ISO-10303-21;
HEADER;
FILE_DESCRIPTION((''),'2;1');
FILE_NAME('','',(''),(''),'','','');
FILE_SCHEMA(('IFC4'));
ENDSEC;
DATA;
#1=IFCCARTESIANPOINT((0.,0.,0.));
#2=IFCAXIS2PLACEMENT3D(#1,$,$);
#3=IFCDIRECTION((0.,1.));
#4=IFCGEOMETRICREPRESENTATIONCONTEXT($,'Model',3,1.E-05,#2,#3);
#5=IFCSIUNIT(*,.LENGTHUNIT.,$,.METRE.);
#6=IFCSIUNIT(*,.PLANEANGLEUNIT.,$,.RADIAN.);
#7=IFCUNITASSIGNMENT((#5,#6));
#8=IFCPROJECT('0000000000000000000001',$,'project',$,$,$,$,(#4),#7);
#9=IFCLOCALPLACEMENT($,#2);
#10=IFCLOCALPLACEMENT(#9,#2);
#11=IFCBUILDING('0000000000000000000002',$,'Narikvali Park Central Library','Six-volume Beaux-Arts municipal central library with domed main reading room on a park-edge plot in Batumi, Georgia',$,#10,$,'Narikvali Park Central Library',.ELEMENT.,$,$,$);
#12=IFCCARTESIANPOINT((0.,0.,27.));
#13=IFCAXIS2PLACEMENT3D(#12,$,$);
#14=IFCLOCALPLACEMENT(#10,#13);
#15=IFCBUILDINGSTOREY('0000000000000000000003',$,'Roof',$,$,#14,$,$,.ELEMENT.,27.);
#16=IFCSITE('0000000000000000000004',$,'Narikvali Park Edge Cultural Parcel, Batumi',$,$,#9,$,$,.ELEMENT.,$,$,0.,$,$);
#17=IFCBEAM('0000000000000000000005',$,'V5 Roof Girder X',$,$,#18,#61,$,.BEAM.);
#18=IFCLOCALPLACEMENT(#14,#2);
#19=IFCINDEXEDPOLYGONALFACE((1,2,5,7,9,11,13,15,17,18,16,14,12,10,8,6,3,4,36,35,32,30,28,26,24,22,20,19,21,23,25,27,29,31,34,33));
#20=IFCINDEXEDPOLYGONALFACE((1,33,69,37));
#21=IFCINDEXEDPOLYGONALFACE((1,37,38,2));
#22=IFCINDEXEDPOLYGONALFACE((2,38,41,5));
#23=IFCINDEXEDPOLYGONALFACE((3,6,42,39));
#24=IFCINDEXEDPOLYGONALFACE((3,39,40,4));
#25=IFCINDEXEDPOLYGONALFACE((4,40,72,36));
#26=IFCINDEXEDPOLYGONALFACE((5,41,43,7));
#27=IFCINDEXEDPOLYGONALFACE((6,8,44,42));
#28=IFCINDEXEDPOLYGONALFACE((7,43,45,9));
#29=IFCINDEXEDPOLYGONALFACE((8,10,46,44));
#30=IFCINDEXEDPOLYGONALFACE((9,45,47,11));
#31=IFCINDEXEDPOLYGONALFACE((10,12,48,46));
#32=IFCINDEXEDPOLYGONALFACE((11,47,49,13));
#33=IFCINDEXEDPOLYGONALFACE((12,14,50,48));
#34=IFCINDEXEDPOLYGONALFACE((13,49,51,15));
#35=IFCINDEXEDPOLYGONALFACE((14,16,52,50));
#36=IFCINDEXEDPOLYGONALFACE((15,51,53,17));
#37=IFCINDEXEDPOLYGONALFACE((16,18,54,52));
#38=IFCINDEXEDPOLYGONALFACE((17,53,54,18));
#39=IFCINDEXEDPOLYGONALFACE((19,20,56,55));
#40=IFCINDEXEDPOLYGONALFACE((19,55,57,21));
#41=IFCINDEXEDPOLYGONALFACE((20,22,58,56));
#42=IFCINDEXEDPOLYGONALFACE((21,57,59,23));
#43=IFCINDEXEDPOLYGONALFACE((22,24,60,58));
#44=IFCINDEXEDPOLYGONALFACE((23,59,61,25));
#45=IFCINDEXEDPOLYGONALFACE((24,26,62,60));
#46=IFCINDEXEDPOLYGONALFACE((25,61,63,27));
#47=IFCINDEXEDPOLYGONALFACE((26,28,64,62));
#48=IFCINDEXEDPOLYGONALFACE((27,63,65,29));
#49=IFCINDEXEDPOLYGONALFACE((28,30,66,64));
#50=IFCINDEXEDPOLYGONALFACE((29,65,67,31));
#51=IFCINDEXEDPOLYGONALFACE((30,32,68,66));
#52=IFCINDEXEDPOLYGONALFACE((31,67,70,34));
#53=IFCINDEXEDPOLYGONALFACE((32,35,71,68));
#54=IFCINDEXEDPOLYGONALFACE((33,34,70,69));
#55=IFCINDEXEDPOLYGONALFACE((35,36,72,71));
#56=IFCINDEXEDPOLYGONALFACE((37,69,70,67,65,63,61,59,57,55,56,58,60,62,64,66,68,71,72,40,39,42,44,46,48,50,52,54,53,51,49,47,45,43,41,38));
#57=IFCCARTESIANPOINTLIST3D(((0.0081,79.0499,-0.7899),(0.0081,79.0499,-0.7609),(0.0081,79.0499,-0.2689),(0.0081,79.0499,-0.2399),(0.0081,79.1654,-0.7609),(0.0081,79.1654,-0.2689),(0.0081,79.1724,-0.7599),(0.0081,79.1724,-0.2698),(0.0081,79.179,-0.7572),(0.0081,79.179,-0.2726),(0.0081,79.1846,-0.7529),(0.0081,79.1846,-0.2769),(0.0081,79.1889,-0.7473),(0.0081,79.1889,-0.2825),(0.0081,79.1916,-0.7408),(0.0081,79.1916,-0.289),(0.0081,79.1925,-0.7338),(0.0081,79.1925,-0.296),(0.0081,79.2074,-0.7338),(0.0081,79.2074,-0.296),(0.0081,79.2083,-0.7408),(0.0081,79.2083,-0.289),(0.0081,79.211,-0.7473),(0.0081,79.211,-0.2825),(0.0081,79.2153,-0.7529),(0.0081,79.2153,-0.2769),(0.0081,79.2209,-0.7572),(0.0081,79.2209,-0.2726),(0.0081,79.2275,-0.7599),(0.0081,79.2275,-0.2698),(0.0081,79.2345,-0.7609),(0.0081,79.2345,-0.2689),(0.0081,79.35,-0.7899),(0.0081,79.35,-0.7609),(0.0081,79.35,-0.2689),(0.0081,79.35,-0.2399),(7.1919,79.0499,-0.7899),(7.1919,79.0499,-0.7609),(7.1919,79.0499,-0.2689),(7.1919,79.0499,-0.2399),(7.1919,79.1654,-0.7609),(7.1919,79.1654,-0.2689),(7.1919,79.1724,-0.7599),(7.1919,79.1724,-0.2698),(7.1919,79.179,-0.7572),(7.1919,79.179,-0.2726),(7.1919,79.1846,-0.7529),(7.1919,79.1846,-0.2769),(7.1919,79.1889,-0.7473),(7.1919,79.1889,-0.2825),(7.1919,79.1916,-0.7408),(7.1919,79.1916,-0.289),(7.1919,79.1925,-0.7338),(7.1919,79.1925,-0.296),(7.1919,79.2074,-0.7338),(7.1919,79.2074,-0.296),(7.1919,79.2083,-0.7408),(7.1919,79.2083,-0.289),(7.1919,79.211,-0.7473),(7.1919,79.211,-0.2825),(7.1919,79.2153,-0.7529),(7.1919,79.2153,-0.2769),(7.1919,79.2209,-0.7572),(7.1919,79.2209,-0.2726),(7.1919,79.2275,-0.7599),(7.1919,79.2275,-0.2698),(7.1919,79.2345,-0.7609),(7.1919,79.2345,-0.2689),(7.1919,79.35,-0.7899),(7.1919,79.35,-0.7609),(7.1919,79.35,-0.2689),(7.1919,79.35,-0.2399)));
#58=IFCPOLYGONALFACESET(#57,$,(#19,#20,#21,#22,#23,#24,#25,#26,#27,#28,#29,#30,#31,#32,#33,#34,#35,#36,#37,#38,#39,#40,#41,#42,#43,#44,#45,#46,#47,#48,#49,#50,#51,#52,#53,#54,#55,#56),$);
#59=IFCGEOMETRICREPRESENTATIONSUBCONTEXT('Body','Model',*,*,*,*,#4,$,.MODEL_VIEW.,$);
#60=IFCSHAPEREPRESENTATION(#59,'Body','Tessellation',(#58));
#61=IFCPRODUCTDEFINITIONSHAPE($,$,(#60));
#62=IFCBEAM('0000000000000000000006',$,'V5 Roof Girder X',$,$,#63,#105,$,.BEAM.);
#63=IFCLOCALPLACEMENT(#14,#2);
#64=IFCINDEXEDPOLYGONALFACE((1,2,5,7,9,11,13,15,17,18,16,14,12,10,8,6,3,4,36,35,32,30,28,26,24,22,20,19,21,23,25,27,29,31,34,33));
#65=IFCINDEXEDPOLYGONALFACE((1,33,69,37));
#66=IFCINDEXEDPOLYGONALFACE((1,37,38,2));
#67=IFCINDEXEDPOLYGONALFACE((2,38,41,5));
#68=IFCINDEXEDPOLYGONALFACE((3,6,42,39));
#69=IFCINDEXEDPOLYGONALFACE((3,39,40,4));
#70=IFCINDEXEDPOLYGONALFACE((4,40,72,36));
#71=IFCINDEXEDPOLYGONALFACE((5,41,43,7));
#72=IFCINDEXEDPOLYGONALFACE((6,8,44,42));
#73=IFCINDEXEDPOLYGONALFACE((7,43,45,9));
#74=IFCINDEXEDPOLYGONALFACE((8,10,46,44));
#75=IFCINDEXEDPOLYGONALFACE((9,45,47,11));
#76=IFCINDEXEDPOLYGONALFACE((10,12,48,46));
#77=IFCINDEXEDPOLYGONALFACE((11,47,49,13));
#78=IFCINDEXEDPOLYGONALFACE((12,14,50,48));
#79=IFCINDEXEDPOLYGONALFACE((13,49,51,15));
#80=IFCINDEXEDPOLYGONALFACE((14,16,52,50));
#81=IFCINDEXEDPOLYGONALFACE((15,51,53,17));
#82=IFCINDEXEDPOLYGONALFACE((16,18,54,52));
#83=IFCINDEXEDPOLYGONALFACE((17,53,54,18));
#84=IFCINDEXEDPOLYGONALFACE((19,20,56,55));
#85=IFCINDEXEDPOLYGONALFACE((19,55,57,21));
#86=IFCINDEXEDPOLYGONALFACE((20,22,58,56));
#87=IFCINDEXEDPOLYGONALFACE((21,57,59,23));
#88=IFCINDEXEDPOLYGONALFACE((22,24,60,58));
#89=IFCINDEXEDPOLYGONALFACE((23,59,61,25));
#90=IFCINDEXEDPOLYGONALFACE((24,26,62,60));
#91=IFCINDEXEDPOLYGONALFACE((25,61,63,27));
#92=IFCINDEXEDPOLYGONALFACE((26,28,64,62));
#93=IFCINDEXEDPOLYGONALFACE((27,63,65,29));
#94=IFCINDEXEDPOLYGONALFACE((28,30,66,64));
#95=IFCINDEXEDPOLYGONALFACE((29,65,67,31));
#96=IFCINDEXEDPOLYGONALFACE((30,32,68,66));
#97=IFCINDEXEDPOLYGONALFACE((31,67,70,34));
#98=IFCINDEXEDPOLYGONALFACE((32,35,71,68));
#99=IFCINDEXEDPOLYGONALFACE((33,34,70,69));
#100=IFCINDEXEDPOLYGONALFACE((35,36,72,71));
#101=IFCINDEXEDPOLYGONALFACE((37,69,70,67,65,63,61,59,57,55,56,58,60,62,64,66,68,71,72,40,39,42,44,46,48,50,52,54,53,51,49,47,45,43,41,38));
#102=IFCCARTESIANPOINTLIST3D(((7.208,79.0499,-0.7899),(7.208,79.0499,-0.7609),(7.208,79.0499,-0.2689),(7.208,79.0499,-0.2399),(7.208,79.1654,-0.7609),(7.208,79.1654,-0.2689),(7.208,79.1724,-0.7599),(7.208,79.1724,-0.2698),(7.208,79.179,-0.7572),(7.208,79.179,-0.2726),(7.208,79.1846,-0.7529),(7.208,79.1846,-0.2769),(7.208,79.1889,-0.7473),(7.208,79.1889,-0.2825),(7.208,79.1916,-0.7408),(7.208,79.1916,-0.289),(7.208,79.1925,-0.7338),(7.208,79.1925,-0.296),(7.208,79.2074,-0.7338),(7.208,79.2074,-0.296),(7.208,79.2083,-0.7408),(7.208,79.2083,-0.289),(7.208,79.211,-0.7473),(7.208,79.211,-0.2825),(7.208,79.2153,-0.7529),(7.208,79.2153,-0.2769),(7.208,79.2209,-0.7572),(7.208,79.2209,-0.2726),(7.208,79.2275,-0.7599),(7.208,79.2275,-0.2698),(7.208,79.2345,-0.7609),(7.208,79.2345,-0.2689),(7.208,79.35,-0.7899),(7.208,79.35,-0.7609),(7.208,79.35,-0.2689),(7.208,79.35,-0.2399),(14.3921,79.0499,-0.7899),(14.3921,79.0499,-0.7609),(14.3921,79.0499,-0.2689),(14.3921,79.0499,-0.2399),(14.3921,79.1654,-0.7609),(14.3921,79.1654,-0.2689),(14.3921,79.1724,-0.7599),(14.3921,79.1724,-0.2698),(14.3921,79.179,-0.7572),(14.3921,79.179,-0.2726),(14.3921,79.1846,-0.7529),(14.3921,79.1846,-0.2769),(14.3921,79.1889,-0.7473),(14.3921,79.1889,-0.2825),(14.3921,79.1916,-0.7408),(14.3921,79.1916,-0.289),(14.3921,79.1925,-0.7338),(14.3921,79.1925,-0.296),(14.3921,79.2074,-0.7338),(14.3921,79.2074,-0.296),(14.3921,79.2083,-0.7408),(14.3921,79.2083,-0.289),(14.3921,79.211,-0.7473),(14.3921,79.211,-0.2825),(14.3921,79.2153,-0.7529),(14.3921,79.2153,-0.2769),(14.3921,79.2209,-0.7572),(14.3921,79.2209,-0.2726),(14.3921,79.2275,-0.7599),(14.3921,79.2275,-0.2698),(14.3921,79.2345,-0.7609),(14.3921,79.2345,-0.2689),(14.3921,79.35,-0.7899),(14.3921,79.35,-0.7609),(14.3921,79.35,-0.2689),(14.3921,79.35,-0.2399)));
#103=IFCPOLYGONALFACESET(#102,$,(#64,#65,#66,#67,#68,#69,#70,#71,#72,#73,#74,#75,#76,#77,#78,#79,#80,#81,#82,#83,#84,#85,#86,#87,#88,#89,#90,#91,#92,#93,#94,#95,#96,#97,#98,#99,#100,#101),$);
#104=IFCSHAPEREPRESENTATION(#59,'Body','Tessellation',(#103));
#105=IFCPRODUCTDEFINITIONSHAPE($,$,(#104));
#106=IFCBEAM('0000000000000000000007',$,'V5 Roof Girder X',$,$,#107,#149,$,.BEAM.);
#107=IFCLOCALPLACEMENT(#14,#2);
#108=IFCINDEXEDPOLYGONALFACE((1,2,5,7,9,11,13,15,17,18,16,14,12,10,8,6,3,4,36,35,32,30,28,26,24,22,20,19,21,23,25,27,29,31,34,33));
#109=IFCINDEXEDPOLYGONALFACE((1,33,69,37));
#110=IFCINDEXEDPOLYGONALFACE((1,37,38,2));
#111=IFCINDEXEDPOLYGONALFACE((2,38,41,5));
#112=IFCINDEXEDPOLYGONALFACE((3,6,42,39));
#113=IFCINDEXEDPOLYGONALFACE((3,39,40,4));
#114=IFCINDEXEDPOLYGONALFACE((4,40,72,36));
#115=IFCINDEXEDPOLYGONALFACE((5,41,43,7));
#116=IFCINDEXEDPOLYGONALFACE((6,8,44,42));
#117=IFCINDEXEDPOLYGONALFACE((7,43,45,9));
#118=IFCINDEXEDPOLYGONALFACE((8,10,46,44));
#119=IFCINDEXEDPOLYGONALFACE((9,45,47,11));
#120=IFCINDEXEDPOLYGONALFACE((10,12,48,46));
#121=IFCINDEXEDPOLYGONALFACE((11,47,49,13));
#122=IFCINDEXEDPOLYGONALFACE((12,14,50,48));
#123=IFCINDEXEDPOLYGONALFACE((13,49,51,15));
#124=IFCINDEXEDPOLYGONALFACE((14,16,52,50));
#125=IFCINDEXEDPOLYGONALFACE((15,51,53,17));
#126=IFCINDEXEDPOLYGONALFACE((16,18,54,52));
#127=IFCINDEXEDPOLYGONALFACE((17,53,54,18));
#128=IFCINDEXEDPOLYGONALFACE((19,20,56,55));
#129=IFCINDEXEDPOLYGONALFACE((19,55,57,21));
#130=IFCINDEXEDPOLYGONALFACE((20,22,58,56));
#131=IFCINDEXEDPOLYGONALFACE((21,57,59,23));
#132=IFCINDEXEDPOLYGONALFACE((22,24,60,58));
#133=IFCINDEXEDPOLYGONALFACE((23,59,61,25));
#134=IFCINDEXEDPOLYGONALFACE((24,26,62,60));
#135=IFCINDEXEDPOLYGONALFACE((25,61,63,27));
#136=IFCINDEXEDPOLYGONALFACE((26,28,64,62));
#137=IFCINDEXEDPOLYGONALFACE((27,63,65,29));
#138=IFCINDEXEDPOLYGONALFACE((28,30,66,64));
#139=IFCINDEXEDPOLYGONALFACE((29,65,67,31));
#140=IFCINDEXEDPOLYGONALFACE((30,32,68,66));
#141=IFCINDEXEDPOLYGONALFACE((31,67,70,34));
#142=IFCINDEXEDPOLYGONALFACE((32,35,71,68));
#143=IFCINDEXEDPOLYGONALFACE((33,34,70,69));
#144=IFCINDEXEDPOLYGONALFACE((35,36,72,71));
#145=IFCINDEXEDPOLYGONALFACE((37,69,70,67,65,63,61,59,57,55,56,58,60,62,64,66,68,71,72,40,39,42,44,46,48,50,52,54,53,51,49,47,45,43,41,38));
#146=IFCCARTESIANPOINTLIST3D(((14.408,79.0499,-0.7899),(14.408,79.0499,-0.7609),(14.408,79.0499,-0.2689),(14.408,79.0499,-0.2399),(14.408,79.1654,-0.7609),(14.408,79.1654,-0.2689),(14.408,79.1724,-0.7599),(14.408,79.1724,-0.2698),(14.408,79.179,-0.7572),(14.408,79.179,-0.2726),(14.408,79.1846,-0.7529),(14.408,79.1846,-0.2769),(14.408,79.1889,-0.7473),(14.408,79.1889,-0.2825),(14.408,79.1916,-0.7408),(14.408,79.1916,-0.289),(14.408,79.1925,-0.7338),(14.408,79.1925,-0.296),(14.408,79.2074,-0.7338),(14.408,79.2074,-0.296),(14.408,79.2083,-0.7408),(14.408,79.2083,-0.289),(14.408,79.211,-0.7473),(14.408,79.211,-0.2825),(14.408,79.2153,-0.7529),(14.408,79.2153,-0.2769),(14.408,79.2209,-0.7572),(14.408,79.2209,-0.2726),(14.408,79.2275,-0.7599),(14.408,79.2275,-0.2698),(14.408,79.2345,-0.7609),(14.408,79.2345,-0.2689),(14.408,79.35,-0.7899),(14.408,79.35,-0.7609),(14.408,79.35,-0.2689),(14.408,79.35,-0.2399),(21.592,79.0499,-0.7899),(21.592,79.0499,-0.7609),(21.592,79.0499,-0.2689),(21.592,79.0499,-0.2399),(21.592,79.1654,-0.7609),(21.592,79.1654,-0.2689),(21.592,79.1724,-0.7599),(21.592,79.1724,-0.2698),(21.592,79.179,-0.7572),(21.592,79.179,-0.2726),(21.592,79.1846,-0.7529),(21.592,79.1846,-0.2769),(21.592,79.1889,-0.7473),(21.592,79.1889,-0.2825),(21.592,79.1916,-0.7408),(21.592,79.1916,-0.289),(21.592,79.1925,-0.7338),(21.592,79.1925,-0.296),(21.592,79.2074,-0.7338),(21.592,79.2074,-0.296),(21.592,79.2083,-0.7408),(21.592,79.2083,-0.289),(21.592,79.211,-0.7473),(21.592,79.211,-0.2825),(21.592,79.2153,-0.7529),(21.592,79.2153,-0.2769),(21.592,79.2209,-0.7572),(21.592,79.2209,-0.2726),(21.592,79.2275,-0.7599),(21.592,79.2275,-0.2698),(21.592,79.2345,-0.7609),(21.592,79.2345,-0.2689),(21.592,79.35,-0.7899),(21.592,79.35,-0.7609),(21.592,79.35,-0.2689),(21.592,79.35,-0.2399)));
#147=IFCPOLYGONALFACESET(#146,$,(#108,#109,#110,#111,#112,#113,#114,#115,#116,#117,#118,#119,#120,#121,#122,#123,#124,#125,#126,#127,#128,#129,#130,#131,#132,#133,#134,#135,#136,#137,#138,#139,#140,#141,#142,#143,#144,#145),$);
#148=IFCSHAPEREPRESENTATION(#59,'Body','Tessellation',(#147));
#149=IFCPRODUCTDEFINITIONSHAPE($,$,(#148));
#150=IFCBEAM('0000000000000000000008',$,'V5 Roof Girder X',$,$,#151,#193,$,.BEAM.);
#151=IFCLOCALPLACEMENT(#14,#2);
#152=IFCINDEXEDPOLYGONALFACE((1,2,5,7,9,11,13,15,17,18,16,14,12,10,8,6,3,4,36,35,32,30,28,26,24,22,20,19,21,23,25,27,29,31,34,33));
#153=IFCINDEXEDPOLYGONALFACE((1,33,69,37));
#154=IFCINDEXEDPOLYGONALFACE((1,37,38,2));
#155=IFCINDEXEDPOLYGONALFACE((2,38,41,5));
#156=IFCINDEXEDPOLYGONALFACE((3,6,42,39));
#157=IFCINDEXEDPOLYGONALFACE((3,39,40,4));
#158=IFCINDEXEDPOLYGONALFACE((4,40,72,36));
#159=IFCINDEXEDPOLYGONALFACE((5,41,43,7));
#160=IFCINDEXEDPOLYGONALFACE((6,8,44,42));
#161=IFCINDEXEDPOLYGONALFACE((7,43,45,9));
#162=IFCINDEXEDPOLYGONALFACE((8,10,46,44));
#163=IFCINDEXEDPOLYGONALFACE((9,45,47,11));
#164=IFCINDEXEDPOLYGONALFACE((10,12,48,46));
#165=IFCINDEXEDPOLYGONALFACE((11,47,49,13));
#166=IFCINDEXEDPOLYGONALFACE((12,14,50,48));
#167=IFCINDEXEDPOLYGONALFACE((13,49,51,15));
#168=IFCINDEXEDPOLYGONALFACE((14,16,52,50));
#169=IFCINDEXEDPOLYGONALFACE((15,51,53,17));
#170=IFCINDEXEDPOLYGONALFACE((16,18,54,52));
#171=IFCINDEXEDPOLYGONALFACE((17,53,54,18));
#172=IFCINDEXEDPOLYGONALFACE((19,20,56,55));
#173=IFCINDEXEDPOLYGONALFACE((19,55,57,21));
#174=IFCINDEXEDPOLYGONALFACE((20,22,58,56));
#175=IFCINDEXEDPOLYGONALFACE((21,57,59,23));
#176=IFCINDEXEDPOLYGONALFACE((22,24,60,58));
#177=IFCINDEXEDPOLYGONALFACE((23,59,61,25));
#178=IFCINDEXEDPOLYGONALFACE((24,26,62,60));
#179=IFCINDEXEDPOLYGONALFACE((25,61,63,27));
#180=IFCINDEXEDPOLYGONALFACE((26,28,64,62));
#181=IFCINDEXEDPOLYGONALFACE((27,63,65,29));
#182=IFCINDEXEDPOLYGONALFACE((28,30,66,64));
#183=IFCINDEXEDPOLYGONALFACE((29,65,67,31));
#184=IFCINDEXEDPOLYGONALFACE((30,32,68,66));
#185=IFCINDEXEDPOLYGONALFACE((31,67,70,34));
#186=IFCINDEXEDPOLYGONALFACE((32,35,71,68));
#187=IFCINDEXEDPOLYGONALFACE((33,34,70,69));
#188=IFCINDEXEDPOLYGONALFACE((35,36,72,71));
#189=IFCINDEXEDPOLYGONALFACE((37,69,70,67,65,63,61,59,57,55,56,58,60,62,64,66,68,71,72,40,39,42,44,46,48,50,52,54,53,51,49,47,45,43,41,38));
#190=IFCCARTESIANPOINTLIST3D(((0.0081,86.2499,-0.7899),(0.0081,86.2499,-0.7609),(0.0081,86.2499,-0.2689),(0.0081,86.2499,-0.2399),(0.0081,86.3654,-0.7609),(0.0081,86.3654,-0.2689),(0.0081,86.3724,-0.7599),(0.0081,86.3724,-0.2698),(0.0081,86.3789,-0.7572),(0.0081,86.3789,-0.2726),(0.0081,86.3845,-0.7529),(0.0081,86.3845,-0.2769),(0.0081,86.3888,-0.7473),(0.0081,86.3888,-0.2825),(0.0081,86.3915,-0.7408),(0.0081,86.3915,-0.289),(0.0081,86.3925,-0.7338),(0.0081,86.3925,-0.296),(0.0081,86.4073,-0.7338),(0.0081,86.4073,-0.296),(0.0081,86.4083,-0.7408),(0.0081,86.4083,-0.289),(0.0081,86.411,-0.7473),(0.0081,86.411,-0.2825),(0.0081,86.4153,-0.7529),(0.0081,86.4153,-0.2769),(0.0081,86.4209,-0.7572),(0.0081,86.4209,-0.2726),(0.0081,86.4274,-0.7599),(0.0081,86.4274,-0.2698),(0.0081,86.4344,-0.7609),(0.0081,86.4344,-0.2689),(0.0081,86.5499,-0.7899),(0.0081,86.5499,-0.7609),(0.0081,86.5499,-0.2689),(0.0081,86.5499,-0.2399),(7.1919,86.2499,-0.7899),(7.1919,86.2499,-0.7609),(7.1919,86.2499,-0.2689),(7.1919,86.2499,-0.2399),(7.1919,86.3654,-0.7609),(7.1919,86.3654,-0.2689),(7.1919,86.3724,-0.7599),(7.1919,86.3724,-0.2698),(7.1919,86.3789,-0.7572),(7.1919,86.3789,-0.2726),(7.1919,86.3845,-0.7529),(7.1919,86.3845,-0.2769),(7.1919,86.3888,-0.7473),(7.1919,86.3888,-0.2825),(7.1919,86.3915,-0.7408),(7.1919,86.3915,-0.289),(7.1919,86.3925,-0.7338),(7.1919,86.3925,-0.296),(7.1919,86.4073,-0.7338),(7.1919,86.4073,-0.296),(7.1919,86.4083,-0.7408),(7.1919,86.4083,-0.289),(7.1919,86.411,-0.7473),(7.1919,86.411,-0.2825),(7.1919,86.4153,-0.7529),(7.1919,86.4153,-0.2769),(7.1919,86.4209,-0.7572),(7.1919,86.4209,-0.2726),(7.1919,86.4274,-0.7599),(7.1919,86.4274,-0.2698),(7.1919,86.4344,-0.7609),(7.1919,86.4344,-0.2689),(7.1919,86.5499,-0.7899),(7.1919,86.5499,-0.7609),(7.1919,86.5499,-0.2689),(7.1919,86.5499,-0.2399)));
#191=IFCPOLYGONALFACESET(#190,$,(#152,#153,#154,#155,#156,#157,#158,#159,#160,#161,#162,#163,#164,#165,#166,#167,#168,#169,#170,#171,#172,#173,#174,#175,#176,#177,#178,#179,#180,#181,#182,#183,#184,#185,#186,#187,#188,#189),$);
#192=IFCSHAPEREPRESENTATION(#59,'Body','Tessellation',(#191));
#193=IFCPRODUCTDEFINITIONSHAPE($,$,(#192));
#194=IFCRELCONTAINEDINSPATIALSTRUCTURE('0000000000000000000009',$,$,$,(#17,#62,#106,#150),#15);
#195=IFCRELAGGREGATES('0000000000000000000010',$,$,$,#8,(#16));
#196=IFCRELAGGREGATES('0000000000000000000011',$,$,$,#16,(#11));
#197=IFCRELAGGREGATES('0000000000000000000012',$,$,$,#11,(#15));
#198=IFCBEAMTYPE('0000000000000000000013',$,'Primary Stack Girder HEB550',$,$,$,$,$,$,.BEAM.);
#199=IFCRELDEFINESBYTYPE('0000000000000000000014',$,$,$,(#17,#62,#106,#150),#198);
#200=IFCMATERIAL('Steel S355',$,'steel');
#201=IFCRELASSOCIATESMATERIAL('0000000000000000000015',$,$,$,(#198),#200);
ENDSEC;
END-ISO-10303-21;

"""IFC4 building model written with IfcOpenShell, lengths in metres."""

from ifc_helpers import new_model, si_unit, direction, frame, origin, origin_2d, place, context, subcontext, project, spatial, i_section, extrude, material, material_profile, profile_set, type_object, element, save


model = new_model("IFC4")

# Units and contexts
model_context = context("Model", 3, precision=1e-05, world=origin(), true_north=direction((0.0, 1.0)))
body_context = subcontext(model_context, "Body", "Model", "MODEL_VIEW")
ifc_project = project(units=[si_unit("LENGTHUNIT", "METRE"), si_unit("PLANEANGLEUNIT", "RADIAN")], contexts=[model_context])

# Site, building, storey
site_placement = place(None, origin())
site = spatial("IfcSite", under=ifc_project, at=site_placement, Name="Narikvali Park Edge Cultural Parcel, Batumi", CompositionType="ELEMENT", RefElevation=0.0)
building_placement = place(site_placement, origin())
building = spatial("IfcBuilding", under=site, at=building_placement, Name="Narikvali Park Central Library", Description="Six-volume Beaux-Arts municipal central library with domed main reading room on a park-edge plot in Batumi, Georgia", LongName="Narikvali Park Central Library", CompositionType="ELEMENT")
storey_placement = place(building_placement, frame((0.0, 0.0, 27.0)))
storey = spatial("IfcBuildingStorey", under=building, at=storey_placement, Name="Roof", CompositionType="ELEMENT", Elevation=27.0)

# Beams
ifc_material = material(Name="Steel S355", Category="steel")
ifc_material_profile_1 = material_profile(ifc_material, i_section(OverallWidth=0.3, OverallDepth=0.55, WebThickness=0.0149, FlangeThickness=0.0291, FilletRadius=0.0271, at=origin_2d()), Name="HEB 550")
ifc_profile_set_1 = profile_set([ifc_material_profile_1], Name="Steel S355")
beam_type_1 = type_object("IfcBeamType", Name="Primary Stack Girder HEB550", PredefinedType="BEAM", material=ifc_profile_set_1)
beam_1_placement = place(storey_placement, frame((0.0081, 79.2, -0.5149), z_axis=(1.0, 0.0, 0.0), x_axis=(0.0, 1.0, 0.0)))
element("IfcBeam", 1, at=beam_1_placement, inside=storey, type_object=beam_type_1, Name="V5 Roof Girder X", PredefinedType="BEAM", context=body_context, shape_type="SweptSolid", body=[
    extrude(i_section(OverallWidth=0.3, OverallDepth=0.55, WebThickness=0.0149, FlangeThickness=0.0291, FilletRadius=0.0271, at=origin_2d()), origin(), (0.0, 0.0, 1.0), 7.1838),
])
for number, where, z_axis, x_axis, name in (
    (2, (7.208, 79.2, -0.5149), (1.0, 0.0, 0.0), (0.0, 1.0, 0.0), "V5 Roof Girder X"),
    (3, (14.408, 79.2, -0.5149), (1.0, 0.0, 0.0), (0.0, 1.0, 0.0), "V5 Roof Girder X"),
):
    element("IfcBeam", number, at=place(storey_placement, frame(where, z_axis=z_axis, x_axis=x_axis)), inside=storey, type_object=beam_type_1, Name=name, PredefinedType="BEAM", context=body_context, shape_type="SweptSolid", body=[
        extrude(i_section(OverallWidth=0.3, OverallDepth=0.55, WebThickness=0.0149, FlangeThickness=0.0291, FilletRadius=0.0271, at=origin_2d()), origin(), (0.0, 0.0, 1.0), 7.1841),
    ])
beam_2_placement = place(storey_placement, frame((0.0081, 86.3999, -0.5149), z_axis=(1.0, 0.0, 0.0), x_axis=(0.0, 1.0, 0.0)))
element("IfcBeam", 4, at=beam_2_placement, inside=storey, type_object=beam_type_1, Name="V5 Roof Girder X", PredefinedType="BEAM", context=body_context, shape_type="SweptSolid", body=[
    extrude(i_section(OverallWidth=0.3, OverallDepth=0.55, WebThickness=0.0149, FlangeThickness=0.0291, FilletRadius=0.0271, at=origin_2d()), origin(), (0.0, 0.0, 1.0), 7.1838),
])

save(model, "model.ifc")
